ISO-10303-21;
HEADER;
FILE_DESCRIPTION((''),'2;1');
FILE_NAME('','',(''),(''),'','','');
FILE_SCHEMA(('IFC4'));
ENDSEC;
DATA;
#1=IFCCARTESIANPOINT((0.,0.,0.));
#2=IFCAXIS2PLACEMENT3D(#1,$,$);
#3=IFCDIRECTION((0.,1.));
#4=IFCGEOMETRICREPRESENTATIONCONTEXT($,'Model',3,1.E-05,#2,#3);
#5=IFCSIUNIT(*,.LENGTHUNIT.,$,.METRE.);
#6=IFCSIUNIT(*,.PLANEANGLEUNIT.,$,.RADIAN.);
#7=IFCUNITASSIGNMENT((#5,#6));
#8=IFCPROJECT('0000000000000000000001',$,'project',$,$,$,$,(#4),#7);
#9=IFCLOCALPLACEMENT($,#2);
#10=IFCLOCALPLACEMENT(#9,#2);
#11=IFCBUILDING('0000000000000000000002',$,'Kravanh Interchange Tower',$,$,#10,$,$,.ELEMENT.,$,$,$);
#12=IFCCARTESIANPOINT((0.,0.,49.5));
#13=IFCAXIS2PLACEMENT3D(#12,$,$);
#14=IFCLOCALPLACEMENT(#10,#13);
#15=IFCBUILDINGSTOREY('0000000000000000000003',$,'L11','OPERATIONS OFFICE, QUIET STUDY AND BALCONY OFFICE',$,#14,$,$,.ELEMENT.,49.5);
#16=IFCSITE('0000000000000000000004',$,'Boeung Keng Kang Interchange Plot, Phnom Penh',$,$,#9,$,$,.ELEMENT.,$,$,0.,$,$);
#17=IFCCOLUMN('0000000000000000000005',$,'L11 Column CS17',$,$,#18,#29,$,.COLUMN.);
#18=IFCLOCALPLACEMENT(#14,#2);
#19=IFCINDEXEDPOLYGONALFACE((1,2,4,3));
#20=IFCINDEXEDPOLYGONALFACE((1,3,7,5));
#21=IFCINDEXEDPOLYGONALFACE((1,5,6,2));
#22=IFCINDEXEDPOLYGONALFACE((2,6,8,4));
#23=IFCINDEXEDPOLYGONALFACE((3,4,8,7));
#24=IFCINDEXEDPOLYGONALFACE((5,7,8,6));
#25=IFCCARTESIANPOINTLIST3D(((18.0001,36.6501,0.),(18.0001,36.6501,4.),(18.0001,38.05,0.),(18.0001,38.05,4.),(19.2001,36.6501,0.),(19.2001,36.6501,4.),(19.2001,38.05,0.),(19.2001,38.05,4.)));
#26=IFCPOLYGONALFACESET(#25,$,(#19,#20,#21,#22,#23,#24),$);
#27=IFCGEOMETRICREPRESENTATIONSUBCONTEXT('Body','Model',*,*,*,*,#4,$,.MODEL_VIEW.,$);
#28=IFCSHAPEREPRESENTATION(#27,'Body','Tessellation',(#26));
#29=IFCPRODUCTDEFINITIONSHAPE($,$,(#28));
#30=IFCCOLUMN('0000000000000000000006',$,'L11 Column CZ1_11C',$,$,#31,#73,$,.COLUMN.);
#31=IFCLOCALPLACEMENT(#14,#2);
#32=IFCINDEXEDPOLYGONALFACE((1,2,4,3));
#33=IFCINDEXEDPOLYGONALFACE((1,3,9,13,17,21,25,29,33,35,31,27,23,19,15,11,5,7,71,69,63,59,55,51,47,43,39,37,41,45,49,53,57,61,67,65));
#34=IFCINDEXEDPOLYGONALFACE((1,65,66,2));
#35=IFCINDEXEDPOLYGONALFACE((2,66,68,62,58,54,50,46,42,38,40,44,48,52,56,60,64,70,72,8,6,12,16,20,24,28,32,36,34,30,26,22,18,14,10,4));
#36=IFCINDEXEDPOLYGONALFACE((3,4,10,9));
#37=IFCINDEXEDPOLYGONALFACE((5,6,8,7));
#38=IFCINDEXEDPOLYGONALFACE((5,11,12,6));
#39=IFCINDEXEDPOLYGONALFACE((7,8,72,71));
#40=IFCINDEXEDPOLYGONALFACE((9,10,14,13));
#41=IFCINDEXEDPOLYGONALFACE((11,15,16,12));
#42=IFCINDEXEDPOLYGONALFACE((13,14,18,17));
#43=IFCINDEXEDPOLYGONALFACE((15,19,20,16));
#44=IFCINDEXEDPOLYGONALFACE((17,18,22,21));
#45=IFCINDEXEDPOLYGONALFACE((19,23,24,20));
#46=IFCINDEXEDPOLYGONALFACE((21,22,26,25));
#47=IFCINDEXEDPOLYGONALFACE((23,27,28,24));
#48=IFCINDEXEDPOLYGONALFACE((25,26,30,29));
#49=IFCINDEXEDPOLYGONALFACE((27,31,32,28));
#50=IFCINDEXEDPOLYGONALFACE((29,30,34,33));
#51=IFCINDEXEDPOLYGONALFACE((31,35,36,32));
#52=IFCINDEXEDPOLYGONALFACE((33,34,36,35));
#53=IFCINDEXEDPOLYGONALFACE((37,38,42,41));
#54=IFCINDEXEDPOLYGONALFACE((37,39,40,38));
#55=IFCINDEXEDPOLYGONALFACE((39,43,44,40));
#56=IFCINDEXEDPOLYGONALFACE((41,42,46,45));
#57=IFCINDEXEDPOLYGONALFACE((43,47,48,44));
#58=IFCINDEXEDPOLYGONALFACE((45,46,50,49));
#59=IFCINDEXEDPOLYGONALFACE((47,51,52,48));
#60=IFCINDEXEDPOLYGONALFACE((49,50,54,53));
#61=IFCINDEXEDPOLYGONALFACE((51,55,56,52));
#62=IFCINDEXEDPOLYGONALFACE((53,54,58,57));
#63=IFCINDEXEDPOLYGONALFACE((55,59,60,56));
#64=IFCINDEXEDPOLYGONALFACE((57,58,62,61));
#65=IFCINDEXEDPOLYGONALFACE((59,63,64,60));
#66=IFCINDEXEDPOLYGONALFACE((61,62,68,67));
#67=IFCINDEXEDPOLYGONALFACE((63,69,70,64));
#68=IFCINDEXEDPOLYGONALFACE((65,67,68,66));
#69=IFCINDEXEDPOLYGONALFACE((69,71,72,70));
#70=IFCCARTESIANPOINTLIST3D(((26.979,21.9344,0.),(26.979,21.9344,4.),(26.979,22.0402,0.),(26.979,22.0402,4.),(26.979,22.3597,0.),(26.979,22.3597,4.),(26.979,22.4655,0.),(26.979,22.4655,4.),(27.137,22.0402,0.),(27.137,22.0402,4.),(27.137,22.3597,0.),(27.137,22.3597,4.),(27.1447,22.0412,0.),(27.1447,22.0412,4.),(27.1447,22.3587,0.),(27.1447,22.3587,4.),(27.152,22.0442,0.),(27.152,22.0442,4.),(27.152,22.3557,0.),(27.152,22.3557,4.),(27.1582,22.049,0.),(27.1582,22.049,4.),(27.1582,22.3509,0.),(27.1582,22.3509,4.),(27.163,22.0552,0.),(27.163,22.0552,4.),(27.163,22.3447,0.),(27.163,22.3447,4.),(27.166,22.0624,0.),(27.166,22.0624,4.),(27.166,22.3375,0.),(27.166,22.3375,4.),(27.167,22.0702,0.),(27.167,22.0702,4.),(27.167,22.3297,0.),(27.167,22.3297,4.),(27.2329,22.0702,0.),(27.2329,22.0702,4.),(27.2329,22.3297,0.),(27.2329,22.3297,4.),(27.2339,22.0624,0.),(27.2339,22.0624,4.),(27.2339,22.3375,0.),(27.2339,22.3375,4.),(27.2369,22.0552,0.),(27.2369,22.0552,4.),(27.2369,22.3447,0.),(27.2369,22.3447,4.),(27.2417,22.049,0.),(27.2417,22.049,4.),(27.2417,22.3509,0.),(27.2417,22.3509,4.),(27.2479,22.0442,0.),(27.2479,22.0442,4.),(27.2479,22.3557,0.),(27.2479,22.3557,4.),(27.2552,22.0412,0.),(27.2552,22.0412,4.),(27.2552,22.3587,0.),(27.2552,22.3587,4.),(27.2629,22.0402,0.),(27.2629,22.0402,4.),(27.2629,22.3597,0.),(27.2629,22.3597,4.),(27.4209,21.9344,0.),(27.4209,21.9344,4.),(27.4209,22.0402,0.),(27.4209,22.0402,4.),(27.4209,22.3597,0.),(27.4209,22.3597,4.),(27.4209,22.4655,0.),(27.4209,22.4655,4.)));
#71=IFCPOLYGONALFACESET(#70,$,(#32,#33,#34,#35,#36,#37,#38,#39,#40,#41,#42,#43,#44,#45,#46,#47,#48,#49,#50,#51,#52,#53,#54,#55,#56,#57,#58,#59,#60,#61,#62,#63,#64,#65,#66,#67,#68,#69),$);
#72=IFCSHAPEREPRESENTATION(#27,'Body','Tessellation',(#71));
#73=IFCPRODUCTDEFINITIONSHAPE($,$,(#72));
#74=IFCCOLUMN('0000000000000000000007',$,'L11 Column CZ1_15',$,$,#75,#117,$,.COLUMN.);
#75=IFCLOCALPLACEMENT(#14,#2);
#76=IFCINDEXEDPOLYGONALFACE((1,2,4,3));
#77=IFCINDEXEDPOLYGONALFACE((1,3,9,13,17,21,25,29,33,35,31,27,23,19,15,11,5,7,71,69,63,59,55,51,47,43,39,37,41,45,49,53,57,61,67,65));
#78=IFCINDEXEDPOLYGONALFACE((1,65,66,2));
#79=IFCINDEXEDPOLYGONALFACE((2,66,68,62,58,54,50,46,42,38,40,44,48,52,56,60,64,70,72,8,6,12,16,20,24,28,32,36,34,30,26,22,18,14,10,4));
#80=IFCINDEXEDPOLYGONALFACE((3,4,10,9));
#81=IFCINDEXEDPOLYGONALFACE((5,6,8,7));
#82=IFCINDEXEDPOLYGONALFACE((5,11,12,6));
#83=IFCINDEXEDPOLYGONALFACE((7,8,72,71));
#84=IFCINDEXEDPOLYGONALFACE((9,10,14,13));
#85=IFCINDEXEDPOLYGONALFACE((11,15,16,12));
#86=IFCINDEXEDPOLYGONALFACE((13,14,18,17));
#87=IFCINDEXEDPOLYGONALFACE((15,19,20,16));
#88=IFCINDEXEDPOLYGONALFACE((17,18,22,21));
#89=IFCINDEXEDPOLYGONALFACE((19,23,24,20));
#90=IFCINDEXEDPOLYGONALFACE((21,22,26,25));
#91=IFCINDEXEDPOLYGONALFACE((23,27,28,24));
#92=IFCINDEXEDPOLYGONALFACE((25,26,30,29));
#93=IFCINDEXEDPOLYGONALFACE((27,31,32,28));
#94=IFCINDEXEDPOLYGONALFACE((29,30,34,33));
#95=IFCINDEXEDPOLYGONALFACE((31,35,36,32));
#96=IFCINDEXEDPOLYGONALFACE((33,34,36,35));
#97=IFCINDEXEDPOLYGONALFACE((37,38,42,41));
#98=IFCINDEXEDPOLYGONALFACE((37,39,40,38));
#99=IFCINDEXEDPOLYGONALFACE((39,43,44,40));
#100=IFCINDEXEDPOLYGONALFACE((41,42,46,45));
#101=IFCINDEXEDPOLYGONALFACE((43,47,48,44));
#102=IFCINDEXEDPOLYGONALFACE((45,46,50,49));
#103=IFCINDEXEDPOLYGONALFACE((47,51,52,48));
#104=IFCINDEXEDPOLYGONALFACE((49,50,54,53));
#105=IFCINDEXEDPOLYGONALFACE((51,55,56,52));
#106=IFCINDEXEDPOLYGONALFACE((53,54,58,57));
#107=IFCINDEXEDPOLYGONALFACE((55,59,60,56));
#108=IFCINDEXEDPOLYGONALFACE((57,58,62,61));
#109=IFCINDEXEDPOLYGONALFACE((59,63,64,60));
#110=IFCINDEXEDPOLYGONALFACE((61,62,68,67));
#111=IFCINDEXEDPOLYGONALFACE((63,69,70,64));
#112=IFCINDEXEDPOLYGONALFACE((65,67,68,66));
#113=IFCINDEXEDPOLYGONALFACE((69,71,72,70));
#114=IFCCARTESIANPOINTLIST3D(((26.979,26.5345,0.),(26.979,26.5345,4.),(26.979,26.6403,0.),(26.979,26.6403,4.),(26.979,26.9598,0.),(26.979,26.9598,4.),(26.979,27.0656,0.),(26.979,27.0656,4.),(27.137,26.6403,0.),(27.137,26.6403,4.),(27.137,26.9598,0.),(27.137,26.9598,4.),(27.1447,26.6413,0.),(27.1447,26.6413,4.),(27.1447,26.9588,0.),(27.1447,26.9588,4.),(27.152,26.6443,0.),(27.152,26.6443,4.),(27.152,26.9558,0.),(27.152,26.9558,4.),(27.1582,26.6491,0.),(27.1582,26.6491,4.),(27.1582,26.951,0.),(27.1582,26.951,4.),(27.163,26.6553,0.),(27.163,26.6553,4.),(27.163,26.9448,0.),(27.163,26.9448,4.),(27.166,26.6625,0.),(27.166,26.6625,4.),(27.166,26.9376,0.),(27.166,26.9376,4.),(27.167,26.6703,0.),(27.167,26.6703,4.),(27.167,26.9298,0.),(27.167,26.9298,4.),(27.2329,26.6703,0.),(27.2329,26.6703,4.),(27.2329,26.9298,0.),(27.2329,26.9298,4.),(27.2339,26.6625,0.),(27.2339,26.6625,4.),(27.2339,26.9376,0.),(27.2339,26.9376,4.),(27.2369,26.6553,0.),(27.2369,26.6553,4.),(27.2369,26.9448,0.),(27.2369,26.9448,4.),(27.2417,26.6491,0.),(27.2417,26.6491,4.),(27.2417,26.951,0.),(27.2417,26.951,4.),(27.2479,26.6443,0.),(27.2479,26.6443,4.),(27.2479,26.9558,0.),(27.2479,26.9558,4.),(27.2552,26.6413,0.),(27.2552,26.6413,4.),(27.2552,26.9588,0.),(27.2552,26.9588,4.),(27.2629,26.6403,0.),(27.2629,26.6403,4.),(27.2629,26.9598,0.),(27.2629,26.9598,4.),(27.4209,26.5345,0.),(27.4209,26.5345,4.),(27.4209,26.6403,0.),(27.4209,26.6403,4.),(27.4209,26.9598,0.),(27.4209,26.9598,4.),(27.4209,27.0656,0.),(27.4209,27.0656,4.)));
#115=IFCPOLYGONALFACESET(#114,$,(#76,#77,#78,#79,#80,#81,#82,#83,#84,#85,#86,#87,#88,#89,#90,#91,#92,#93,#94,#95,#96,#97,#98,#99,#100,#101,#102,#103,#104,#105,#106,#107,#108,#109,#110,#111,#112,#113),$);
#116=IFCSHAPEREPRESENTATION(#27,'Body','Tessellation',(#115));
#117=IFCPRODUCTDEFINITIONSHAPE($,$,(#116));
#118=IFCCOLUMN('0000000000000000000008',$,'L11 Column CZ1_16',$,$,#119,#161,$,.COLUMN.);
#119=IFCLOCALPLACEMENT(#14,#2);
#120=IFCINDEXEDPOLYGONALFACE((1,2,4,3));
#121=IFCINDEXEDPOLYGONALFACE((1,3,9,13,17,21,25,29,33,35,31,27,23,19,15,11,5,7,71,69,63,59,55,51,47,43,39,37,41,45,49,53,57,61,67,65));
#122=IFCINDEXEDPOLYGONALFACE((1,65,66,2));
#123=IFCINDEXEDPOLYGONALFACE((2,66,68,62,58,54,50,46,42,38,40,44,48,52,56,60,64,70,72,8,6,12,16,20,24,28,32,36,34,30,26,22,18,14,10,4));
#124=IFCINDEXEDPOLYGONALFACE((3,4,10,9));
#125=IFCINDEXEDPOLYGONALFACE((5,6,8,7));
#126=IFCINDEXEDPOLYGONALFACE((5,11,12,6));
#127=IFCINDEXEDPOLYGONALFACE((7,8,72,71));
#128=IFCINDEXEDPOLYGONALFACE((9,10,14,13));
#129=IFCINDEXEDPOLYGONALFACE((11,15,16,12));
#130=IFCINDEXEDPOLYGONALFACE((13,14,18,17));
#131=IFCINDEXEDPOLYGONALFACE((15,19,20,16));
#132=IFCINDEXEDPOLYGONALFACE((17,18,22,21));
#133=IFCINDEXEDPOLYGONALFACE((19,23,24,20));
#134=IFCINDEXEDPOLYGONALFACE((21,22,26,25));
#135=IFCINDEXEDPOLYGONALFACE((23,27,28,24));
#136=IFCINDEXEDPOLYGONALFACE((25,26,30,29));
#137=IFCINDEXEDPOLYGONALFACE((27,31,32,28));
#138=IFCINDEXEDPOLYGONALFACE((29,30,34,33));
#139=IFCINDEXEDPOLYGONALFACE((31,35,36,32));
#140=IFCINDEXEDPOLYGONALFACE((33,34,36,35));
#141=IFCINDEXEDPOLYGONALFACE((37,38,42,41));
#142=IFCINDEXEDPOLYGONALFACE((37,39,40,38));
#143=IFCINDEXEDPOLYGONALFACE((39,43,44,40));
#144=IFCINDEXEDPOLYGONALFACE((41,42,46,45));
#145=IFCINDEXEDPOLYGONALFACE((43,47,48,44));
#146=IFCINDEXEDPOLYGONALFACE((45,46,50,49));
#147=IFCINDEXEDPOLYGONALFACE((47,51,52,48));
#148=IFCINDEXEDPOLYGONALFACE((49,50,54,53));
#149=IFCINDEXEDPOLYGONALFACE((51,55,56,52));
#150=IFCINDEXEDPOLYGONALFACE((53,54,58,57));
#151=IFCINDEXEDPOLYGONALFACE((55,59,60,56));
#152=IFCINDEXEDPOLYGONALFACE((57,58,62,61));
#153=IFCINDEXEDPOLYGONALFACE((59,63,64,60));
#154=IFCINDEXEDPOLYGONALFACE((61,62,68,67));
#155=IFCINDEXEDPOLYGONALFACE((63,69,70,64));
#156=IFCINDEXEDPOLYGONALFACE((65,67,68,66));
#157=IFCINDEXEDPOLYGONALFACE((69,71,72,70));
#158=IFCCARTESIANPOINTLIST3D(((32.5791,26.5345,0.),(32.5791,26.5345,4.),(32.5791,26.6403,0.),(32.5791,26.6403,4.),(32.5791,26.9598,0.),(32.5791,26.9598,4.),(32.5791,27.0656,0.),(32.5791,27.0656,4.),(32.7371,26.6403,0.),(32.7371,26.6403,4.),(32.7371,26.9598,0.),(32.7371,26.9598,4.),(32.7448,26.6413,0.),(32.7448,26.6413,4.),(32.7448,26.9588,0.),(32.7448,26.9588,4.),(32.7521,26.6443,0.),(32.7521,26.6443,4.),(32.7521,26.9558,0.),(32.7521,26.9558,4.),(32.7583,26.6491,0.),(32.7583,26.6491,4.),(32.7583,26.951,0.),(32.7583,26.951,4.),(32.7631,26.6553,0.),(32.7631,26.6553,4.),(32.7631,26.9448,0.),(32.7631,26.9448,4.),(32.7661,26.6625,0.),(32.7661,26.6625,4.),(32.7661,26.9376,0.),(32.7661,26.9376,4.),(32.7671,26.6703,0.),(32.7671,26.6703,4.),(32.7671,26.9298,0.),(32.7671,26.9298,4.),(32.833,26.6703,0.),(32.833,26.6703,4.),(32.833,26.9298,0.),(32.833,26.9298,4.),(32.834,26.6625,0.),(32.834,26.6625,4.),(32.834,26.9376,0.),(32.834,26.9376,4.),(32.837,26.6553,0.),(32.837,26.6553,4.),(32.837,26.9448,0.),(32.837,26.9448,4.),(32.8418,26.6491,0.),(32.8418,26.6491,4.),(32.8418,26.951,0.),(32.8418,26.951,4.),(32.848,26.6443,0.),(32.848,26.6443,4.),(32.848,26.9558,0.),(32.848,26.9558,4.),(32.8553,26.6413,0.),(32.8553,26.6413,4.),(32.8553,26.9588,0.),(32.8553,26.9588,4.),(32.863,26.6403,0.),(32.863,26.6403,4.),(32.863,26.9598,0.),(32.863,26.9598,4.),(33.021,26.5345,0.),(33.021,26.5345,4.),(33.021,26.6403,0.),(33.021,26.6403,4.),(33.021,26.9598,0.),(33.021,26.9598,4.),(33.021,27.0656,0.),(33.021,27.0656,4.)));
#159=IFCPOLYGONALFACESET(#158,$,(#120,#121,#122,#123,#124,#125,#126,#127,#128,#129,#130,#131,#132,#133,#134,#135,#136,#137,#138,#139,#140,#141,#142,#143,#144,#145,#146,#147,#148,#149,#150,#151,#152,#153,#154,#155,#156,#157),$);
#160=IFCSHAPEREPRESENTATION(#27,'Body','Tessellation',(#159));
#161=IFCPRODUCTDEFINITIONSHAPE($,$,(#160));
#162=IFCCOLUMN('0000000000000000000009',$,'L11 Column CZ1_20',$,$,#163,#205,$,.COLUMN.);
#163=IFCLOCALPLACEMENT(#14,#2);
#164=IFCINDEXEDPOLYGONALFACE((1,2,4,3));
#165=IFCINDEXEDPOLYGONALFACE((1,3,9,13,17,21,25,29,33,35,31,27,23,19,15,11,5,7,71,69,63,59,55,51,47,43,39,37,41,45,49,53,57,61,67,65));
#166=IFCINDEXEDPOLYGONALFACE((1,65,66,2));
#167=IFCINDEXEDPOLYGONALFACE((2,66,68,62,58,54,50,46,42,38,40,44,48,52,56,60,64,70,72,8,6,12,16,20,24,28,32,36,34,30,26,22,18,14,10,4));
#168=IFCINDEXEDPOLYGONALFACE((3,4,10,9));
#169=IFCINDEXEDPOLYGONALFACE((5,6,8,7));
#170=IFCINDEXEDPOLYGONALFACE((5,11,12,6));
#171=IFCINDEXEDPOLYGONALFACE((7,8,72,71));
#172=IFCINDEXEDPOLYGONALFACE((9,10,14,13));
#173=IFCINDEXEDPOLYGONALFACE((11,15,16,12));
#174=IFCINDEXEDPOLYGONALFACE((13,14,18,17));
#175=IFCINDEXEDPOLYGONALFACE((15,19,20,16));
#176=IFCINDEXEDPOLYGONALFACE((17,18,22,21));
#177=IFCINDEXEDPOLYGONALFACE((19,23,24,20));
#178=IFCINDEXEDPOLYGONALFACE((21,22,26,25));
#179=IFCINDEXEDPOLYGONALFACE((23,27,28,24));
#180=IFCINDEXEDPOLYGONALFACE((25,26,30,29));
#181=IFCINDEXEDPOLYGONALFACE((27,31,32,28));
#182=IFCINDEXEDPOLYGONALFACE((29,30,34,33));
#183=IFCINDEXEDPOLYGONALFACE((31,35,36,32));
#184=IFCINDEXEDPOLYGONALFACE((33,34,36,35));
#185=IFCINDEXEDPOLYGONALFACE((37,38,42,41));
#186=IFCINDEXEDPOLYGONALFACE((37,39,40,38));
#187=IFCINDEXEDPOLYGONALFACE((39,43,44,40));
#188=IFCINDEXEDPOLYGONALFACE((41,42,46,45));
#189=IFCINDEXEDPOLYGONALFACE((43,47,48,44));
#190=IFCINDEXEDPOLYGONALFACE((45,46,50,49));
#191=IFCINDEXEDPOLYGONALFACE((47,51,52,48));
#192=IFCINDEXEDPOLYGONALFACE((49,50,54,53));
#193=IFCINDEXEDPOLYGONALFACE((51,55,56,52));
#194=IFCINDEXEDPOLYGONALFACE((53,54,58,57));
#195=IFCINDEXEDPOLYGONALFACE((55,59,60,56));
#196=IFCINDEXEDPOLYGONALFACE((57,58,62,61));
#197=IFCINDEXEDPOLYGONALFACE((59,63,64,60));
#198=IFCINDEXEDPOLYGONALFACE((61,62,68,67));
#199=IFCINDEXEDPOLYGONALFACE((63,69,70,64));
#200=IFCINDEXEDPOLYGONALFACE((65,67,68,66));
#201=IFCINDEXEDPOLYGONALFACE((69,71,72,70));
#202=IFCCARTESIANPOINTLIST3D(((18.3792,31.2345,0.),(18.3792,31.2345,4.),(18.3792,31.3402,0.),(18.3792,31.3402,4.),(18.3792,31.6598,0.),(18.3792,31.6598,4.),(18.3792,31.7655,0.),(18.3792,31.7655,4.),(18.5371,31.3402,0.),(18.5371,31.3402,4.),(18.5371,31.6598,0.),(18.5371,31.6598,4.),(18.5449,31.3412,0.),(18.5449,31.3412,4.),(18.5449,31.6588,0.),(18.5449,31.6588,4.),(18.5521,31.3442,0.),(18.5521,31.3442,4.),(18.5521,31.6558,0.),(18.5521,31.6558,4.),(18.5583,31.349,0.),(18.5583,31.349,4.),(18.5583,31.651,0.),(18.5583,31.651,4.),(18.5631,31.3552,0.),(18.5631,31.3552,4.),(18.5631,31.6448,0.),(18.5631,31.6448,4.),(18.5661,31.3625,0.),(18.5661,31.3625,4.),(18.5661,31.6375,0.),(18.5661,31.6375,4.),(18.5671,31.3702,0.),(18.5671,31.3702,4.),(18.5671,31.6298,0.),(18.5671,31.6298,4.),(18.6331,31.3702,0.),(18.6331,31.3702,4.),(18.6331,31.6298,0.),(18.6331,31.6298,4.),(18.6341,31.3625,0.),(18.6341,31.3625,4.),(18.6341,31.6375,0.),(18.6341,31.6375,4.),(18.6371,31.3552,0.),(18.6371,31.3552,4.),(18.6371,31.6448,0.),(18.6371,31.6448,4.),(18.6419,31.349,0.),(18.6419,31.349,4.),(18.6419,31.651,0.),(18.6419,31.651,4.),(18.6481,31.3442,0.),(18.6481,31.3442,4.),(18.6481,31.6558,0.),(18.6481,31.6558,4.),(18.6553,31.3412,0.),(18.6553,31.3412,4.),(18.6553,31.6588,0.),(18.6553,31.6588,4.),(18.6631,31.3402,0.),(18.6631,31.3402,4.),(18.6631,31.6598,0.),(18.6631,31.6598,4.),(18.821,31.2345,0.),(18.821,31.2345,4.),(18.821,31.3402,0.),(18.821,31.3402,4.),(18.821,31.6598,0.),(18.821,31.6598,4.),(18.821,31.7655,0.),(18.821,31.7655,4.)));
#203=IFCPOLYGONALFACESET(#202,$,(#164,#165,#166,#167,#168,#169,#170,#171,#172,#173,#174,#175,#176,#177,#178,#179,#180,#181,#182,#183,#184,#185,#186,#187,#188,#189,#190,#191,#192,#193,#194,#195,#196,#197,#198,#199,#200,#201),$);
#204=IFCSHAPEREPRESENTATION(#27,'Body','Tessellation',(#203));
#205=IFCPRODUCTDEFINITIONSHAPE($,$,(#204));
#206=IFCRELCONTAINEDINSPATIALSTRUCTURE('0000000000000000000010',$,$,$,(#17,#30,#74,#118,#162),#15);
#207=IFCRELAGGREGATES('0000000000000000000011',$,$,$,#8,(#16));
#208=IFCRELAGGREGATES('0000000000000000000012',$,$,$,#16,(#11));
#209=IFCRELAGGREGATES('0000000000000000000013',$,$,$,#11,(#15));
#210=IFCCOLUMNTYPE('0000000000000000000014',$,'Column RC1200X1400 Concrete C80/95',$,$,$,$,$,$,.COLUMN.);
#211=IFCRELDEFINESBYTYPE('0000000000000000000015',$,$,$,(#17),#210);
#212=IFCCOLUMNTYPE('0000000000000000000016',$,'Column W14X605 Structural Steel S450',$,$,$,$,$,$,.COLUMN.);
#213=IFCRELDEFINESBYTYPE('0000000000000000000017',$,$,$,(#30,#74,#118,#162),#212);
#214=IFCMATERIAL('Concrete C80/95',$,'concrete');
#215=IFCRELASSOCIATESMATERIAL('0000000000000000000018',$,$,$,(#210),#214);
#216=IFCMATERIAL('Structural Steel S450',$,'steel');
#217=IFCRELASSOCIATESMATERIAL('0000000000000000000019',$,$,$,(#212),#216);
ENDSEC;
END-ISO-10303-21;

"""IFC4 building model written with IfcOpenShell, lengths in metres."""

from ifc_helpers import new_model, si_unit, direction, frame, origin, origin_2d, place, context, subcontext, project, spatial, rectangle, i_section, extrude, material, material_profile, profile_set, type_object, element, save


model = new_model("IFC4")

# Units and contexts
model_context = context("Model", 3, precision=1e-05, world=origin(), true_north=direction((0.0, 1.0)))
body_context = subcontext(model_context, "Body", "Model", "MODEL_VIEW")
ifc_project = project(units=[si_unit("LENGTHUNIT", "METRE"), si_unit("PLANEANGLEUNIT", "RADIAN")], contexts=[model_context])

# Site, building, storey
site_placement = place(None, origin())
site = spatial("IfcSite", under=ifc_project, at=site_placement, Name="Boeung Keng Kang Interchange Plot, Phnom Penh", CompositionType="ELEMENT", RefElevation=0.0)
building_placement = place(site_placement, origin())
building = spatial("IfcBuilding", under=site, at=building_placement, Name="Kravanh Interchange Tower", CompositionType="ELEMENT")
storey_placement = place(building_placement, frame((0.0, 0.0, 49.5)))
storey = spatial("IfcBuildingStorey", under=building, at=storey_placement, Name="L11", Description="OPERATIONS OFFICE, QUIET STUDY AND BALCONY OFFICE", CompositionType="ELEMENT", Elevation=49.5)

# Columns
ifc_material_1 = material(Name="Concrete C80/95", Category="concrete")
ifc_material_profile_1 = material_profile(ifc_material_1, rectangle(XDim=1.2, YDim=1.3999, at=origin_2d()), Name="RC1200X1400")
ifc_profile_set_1 = profile_set([ifc_material_profile_1], Name="Concrete C80/95")
column_type_1 = type_object("IfcColumnType", Name="Column RC1200X1400 Concrete C80/95", PredefinedType="COLUMN", material=ifc_profile_set_1)
column_placement = place(storey_placement, frame((18.6001, 37.3501, 0.0), z_axis=(0.0, 0.0, 1.0), x_axis=(1.0, 0.0, 0.0)))
element("IfcColumn", 1, at=column_placement, inside=storey, type_object=column_type_1, Name="L11 Column CS17", PredefinedType="COLUMN", context=body_context, shape_type="SweptSolid", body=[
    extrude(rectangle(XDim=1.2, YDim=1.3999, at=origin_2d()), origin(), (0.0, 0.0, 1.0), 4.0),
])
ifc_material_2 = material(Name="Structural Steel S450", Category="steel")
ifc_material_profile_2 = material_profile(ifc_material_2, i_section(OverallWidth=0.4419, OverallDepth=0.531, WebThickness=0.0659, FlangeThickness=0.1057, FilletRadius=0.03, at=origin_2d()), Name="W14X605")
ifc_profile_set_2 = profile_set([ifc_material_profile_2], Name="Structural Steel S450")
column_type_2 = type_object("IfcColumnType", Name="Column W14X605 Structural Steel S450", PredefinedType="COLUMN", material=ifc_profile_set_2)
for number, where, z_axis, x_axis, name in (
    (2, (27.2, 22.2, 0.0), (0.0, 0.0, 1.0), (1.0, 0.0, 0.0), "L11 Column CZ1_11C"),
    (3, (27.2, 26.8, 0.0), (0.0, 0.0, 1.0), (1.0, 0.0, 0.0), "L11 Column CZ1_15"),
    (4, (32.8, 26.8, 0.0), (0.0, 0.0, 1.0), (1.0, 0.0, 0.0), "L11 Column CZ1_16"),
    (5, (18.6001, 31.5, 0.0), (0.0, 0.0, 1.0), (1.0, 0.0, 0.0), "L11 Column CZ1_20"),
):
    element("IfcColumn", number, at=place(storey_placement, frame(where, z_axis=z_axis, x_axis=x_axis)), inside=storey, type_object=column_type_2, Name=name, PredefinedType="COLUMN", context=body_context, shape_type="SweptSolid", body=[
        extrude(i_section(OverallWidth=0.4419, OverallDepth=0.531, WebThickness=0.0659, FlangeThickness=0.1057, FilletRadius=0.03, at=origin_2d()), origin(), (0.0, 0.0, 1.0), 4.0),
    ])

save(model, "model.ifc")
